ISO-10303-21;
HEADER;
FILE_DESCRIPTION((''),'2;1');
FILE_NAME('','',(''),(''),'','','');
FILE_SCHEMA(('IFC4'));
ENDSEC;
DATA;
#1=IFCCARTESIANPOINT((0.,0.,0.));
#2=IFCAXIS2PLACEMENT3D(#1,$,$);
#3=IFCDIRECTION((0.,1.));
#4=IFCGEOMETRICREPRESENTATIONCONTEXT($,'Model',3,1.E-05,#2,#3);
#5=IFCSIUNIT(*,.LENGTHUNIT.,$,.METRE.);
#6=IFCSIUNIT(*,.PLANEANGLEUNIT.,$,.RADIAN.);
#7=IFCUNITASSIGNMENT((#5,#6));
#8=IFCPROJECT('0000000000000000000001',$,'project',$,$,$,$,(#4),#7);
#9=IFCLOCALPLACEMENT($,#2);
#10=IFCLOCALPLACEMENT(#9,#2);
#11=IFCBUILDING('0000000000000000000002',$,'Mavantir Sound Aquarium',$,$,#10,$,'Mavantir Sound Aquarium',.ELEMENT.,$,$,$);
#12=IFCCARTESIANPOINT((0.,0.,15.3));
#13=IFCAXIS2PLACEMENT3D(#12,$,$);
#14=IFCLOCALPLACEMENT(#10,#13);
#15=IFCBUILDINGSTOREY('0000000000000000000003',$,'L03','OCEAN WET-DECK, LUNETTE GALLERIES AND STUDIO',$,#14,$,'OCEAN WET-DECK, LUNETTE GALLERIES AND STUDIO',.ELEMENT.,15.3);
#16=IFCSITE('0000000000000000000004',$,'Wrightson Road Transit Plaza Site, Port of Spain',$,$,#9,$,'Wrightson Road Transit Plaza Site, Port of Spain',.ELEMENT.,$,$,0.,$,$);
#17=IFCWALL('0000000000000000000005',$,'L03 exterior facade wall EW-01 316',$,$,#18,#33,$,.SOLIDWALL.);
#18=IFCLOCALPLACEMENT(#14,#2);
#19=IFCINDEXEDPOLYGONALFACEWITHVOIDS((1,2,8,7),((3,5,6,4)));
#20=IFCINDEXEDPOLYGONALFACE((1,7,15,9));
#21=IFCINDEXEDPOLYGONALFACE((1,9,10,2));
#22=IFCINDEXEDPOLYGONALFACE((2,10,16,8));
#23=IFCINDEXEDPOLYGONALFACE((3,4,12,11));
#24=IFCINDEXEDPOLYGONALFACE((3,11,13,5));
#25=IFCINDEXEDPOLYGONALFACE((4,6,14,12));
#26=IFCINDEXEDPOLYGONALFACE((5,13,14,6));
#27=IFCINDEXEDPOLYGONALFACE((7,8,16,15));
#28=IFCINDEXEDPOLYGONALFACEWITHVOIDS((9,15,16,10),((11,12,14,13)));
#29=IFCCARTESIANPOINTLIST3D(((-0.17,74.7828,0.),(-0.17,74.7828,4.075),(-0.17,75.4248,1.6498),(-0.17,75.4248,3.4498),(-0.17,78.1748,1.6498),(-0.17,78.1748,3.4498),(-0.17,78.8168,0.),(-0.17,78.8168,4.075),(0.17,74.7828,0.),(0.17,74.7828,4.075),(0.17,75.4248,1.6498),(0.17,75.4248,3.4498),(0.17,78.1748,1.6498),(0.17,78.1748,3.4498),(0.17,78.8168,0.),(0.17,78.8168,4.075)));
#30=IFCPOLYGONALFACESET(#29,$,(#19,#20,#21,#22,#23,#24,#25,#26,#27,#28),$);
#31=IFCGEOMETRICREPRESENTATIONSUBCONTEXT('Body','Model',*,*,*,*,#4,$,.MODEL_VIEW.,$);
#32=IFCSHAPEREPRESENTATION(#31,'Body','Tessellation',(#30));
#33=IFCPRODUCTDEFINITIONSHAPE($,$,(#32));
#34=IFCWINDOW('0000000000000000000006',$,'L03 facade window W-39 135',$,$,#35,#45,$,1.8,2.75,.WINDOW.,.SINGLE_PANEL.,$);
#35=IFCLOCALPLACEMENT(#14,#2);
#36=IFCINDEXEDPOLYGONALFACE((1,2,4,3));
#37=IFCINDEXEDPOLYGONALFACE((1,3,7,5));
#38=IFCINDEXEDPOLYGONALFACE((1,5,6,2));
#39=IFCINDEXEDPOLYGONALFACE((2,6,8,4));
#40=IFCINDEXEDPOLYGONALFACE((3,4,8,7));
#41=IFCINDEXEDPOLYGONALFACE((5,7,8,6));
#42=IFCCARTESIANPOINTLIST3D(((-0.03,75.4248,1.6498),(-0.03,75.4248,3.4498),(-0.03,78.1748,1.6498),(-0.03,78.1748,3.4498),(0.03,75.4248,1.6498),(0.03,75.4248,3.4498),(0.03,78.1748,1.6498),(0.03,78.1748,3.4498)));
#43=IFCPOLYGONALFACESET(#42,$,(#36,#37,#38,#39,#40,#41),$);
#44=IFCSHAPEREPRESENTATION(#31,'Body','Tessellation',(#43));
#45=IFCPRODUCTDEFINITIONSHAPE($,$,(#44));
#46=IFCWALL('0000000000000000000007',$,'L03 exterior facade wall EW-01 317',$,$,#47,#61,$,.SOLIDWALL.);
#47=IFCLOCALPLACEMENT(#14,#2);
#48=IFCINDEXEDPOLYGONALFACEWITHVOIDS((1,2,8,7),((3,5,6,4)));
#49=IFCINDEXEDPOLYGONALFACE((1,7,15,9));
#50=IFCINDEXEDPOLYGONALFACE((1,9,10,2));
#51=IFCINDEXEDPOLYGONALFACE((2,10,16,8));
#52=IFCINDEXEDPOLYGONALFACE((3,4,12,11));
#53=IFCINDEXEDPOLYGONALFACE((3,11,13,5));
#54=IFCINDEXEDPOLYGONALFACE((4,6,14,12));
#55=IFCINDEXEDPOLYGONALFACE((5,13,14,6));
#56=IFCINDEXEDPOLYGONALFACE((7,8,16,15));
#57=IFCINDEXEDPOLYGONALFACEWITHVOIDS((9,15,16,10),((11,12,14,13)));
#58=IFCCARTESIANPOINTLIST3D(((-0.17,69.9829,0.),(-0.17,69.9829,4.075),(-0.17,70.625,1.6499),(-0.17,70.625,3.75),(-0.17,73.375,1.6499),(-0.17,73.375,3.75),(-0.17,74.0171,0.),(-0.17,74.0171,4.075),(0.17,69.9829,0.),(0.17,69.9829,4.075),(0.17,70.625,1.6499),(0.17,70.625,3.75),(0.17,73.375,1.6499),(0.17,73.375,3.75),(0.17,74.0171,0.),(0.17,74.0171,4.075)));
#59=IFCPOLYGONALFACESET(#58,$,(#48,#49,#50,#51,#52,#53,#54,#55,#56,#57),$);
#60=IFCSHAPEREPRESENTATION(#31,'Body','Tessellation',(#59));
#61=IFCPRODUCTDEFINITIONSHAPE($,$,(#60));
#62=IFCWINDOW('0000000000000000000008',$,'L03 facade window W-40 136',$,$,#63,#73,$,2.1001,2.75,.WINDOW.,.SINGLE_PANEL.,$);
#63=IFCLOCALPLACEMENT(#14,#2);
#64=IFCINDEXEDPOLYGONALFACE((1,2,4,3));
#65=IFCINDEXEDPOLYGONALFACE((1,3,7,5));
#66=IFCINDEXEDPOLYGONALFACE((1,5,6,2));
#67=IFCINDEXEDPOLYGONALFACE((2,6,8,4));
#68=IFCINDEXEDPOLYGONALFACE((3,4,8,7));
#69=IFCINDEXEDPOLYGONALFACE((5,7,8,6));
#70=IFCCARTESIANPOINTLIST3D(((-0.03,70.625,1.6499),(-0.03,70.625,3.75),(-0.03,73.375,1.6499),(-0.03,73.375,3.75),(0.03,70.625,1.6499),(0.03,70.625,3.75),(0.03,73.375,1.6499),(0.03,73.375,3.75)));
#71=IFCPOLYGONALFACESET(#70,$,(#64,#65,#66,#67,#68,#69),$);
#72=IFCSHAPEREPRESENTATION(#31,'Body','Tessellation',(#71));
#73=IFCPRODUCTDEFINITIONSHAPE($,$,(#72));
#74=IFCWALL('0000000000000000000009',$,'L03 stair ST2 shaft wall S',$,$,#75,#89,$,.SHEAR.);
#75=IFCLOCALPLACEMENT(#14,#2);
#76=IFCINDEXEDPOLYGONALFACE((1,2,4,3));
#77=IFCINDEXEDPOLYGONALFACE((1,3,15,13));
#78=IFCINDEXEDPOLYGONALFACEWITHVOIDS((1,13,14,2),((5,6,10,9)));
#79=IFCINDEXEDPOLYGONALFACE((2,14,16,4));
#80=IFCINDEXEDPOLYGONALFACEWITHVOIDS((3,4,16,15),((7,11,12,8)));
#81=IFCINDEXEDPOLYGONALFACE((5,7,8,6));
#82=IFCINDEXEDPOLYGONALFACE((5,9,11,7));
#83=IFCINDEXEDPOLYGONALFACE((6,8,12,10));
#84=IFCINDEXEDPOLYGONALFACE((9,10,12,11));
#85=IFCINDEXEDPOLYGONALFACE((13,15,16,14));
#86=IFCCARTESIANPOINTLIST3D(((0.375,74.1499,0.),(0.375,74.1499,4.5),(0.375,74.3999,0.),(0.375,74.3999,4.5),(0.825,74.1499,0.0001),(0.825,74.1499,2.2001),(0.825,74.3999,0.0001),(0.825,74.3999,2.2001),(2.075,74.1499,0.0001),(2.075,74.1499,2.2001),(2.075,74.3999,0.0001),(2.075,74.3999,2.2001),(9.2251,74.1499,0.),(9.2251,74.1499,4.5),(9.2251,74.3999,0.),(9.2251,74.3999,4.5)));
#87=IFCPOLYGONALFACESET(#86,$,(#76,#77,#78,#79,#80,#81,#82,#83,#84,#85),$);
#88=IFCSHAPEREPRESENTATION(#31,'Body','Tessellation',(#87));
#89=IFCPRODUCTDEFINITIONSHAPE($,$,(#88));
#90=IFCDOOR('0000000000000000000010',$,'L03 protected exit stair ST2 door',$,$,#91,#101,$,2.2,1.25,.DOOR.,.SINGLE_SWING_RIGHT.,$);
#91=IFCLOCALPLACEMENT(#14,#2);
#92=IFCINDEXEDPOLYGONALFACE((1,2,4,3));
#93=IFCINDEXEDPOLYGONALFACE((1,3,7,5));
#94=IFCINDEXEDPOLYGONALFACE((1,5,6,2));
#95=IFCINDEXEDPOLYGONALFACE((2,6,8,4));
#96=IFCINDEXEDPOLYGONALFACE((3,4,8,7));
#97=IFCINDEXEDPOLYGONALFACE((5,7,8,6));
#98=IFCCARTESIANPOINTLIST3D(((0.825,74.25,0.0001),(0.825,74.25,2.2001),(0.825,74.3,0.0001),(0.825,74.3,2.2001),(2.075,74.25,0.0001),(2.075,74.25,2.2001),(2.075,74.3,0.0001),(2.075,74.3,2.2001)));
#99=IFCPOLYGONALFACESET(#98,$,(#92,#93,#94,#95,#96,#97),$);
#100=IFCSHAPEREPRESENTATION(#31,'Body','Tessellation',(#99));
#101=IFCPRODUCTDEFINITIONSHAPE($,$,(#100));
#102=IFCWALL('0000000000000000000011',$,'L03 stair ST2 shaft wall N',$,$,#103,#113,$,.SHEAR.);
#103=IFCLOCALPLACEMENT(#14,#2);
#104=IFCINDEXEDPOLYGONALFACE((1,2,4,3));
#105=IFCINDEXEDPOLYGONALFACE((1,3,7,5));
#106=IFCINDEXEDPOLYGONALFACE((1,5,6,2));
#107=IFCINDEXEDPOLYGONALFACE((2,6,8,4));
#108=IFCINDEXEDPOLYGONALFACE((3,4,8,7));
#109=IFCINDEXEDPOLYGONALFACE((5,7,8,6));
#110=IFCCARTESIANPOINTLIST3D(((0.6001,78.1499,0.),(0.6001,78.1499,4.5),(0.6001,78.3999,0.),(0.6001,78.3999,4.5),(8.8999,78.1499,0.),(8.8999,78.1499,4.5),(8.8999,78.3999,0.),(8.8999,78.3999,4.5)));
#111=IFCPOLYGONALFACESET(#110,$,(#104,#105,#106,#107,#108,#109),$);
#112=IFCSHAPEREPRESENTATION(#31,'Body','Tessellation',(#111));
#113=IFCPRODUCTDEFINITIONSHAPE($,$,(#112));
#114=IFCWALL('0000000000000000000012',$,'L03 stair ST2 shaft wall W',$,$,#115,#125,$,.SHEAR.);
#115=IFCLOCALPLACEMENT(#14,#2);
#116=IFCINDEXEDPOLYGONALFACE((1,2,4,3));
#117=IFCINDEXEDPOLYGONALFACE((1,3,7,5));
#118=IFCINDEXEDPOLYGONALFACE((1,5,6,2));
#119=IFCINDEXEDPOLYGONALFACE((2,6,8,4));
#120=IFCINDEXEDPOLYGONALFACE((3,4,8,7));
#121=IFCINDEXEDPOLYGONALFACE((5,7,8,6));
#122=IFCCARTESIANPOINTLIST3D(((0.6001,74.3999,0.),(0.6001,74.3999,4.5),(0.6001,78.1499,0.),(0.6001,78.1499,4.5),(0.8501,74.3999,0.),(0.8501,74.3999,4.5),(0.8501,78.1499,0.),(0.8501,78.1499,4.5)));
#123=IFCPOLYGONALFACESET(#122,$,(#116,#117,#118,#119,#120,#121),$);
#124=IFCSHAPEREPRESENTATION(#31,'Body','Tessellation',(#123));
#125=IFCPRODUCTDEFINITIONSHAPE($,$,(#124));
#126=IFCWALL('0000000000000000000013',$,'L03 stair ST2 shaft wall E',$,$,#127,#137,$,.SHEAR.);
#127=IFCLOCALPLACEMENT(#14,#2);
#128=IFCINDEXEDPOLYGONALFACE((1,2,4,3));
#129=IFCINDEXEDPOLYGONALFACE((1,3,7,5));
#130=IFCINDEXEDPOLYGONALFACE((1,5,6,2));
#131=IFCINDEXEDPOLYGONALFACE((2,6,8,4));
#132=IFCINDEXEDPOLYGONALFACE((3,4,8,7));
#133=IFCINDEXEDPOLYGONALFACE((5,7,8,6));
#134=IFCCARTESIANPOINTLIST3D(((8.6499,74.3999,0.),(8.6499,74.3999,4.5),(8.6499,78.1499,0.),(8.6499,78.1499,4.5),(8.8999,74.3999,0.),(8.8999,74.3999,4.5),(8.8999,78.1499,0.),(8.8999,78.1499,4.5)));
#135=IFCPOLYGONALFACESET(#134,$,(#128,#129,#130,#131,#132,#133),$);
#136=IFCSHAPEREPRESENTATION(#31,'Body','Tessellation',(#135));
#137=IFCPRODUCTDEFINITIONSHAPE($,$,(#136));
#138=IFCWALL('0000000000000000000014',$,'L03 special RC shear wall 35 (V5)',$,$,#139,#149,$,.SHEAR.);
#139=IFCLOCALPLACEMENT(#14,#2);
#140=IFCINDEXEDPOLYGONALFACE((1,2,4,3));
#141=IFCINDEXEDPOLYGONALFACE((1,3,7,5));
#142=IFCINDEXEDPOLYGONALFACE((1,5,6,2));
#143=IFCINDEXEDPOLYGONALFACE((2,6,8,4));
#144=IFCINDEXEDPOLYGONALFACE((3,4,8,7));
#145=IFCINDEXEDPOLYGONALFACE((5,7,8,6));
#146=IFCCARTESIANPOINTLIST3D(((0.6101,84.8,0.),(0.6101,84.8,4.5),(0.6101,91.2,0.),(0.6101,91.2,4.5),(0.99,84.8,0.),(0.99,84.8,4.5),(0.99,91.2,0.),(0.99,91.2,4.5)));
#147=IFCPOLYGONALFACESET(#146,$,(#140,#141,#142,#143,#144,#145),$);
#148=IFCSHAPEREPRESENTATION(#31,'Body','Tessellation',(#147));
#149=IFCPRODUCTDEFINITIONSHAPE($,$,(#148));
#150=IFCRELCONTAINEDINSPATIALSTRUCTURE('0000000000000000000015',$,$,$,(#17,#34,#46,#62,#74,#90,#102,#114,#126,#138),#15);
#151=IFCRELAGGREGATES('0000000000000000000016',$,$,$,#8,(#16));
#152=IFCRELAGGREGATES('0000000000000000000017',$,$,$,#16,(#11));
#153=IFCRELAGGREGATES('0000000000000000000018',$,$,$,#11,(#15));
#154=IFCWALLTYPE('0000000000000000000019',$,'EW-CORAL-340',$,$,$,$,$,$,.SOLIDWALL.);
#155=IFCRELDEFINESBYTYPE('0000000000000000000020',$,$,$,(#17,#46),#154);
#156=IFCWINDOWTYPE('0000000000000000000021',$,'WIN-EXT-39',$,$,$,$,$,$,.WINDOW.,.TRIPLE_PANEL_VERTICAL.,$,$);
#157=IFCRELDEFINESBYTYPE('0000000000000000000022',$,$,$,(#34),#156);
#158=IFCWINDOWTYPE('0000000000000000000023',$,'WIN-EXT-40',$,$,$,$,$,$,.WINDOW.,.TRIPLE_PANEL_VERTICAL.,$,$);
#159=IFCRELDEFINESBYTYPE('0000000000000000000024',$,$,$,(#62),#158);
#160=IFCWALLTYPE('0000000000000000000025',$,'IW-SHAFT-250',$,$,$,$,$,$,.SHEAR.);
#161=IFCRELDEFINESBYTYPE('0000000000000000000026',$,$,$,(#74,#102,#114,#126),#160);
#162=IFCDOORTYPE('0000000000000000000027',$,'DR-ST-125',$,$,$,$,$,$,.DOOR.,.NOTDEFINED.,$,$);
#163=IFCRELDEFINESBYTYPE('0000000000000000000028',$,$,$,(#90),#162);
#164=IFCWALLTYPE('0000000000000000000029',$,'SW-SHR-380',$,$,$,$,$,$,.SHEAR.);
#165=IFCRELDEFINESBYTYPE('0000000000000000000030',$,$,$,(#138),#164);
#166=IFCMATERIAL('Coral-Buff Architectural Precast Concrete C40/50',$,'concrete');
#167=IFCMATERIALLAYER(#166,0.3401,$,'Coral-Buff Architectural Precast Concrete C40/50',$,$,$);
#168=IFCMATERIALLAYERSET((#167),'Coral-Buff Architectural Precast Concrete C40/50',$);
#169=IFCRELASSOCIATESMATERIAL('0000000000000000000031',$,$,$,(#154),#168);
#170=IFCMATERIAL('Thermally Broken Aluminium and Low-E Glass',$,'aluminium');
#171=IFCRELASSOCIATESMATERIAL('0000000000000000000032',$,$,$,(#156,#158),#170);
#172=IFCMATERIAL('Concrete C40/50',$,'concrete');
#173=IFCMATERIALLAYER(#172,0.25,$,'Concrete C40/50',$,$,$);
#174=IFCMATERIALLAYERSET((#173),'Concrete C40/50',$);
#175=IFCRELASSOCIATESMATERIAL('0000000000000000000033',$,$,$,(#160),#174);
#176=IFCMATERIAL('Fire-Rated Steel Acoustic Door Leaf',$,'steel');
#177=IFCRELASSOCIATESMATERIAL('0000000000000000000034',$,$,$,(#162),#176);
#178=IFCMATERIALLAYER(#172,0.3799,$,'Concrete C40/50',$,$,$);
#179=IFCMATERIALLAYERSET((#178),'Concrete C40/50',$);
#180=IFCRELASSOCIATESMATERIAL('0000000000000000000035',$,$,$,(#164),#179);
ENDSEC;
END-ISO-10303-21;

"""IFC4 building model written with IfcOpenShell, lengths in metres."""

from ifc_helpers import new_model, si_unit, direction, frame, frame_2d, origin, place, context, subcontext, project, spatial, rectangle, extrude, material, layer, layer_set, type_object, element, fill, save


model = new_model("IFC4")

# Units and contexts
model_context = context("Model", 3, precision=1e-05, world=origin(), true_north=direction((0.0, 1.0)))
body_context = subcontext(model_context, "Body", "Model", "MODEL_VIEW")
ifc_project = project(units=[si_unit("LENGTHUNIT", "METRE"), si_unit("PLANEANGLEUNIT", "RADIAN")], contexts=[model_context])

# Site, building, storey
site_placement = place(None, origin())
site = spatial("IfcSite", under=ifc_project, at=site_placement, Name="Wrightson Road Transit Plaza Site, Port of Spain", LongName="Wrightson Road Transit Plaza Site, Port of Spain", CompositionType="ELEMENT", RefElevation=0.0)
building_placement = place(site_placement, origin())
building = spatial("IfcBuilding", under=site, at=building_placement, Name="Mavantir Sound Aquarium", LongName="Mavantir Sound Aquarium", CompositionType="ELEMENT")
storey_placement = place(building_placement, frame((0.0, 0.0, 15.3)))
storey = spatial("IfcBuildingStorey", under=building, at=storey_placement, Name="L03", Description="OCEAN WET-DECK, LUNETTE GALLERIES AND STUDIO", LongName="OCEAN WET-DECK, LUNETTE GALLERIES AND STUDIO", CompositionType="ELEMENT", Elevation=15.3)

# Shared definitions
ifc_material_1 = material(Name="Concrete C40/50", Category="concrete")

# Walls, openings, windows
ifc_material_2 = material(Name="Coral-Buff Architectural Precast Concrete C40/50", Category="concrete")
ifc_material_3 = material(Name="Thermally Broken Aluminium and Low-E Glass", Category="aluminium")
ifc_layer_1 = layer(ifc_material_2, 0.3401, Name="Coral-Buff Architectural Precast Concrete C40/50")
ifc_layer_set_1 = layer_set([ifc_layer_1], Name="Coral-Buff Architectural Precast Concrete C40/50")
wall_type_1 = type_object("IfcWallType", Name="EW-CORAL-340", PredefinedType="SOLIDWALL", material=ifc_layer_set_1)
wall_1_placement = place(storey_placement, frame((0.0, 78.8169, 0.0), z_axis=(0.0, 0.0, 1.0), x_axis=(0.0, -1.0, 0.0)))
wall_1 = element("IfcWall", 1, at=wall_1_placement, inside=storey, type_object=wall_type_1, Name="L03 exterior facade wall EW-01 316", PredefinedType="SOLIDWALL", context=body_context, shape_type="SweptSolid", body=[
    extrude(rectangle(XDim=4.0339, YDim=0.3401, at=frame_2d((2.0171, 0.0))), origin(), (0.0, 0.0, 1.0), 4.075),
])
opening_1_placement = place(wall_1_placement, frame((0.6421, 0.0, 1.6499)))
opening_1 = element("IfcOpeningElement", 2, at=opening_1_placement, cuts=wall_1, PredefinedType="OPENING", context=body_context, shape_type="SweptSolid", body=[
    extrude(rectangle(XDim=2.75, YDim=1.8, at=frame_2d((1.375, 0.8999))), frame((0.0, 0.1802, 0.0), z_axis=(0.0, -1.0, 0.0), x_axis=(1.0, 0.0, 0.0)), (0.0, 0.0, 1.0), 0.3601),
])
window_type_1 = type_object("IfcWindowType", Name="WIN-EXT-39", PartitioningType="TRIPLE_PANEL_VERTICAL", PredefinedType="WINDOW", material=ifc_material_3)
window_1_placement = place(opening_1_placement, origin())
window_1 = element("IfcWindow", 3, at=window_1_placement, inside=storey, type_object=window_type_1, Name="L03 facade window W-39 135", OverallHeight=1.8, OverallWidth=2.75, PartitioningType="SINGLE_PANEL", PredefinedType="WINDOW", context=body_context, shape_type="SweptSolid", body=[
    extrude(rectangle(XDim=2.75, YDim=1.8, at=frame_2d((1.375, 0.8999))), frame((0.0, 0.03, 0.0), z_axis=(0.0, -1.0, 0.0), x_axis=(1.0, 0.0, 0.0)), (0.0, 0.0, 1.0), 0.0601),
])
fill(opening_1, window_1)
wall_2_placement = place(storey_placement, frame((0.0, 74.0171, 0.0), z_axis=(0.0, 0.0, 1.0), x_axis=(0.0, -1.0, 0.0)))
wall_2 = element("IfcWall", 4, at=wall_2_placement, inside=storey, type_object=wall_type_1, Name="L03 exterior facade wall EW-01 317", PredefinedType="SOLIDWALL", context=body_context, shape_type="SweptSolid", body=[
    extrude(rectangle(XDim=4.0342, YDim=0.3401, at=frame_2d((2.0171, 0.0))), origin(), (0.0, 0.0, 1.0), 4.075),
])
opening_2_placement = place(wall_2_placement, frame((0.6421, 0.0, 1.6499)))
opening_2 = element("IfcOpeningElement", 5, at=opening_2_placement, cuts=wall_2, PredefinedType="OPENING", context=body_context, shape_type="SweptSolid", body=[
    extrude(rectangle(XDim=2.75, YDim=2.1001, at=frame_2d((1.375, 1.05))), frame((0.0, 0.1802, 0.0), z_axis=(0.0, -1.0, 0.0), x_axis=(1.0, 0.0, 0.0)), (0.0, 0.0, 1.0), 0.3601),
])
window_type_2 = type_object("IfcWindowType", Name="WIN-EXT-40", PartitioningType="TRIPLE_PANEL_VERTICAL", PredefinedType="WINDOW", material=ifc_material_3)
window_2_placement = place(opening_2_placement, origin())
window_2 = element("IfcWindow", 6, at=window_2_placement, inside=storey, type_object=window_type_2, Name="L03 facade window W-40 136", OverallHeight=2.1001, OverallWidth=2.75, PartitioningType="SINGLE_PANEL", PredefinedType="WINDOW", context=body_context, shape_type="SweptSolid", body=[
    extrude(rectangle(XDim=2.75, YDim=2.1001, at=frame_2d((1.375, 1.05))), frame((0.0, 0.03, 0.0), z_axis=(0.0, -1.0, 0.0), x_axis=(1.0, 0.0, 0.0)), (0.0, 0.0, 1.0), 0.0601),
])
fill(opening_2, window_2)

# Wall, opening, door
ifc_layer_2 = layer(ifc_material_1, 0.25, Name="Concrete C40/50")
ifc_layer_set_2 = layer_set([ifc_layer_2], Name="Concrete C40/50")
wall_type_2 = type_object("IfcWallType", Name="IW-SHAFT-250", PredefinedType="SHEAR", material=ifc_layer_set_2)
wall_3_placement = place(storey_placement, frame((0.375, 74.2749, 0.0), z_axis=(0.0, 0.0, 1.0), x_axis=(1.0, 0.0, 0.0)))
wall_3 = element("IfcWall", 7, at=wall_3_placement, inside=storey, type_object=wall_type_2, Name="L03 stair ST2 shaft wall S", PredefinedType="SHEAR", context=body_context, shape_type="SweptSolid", body=[
    extrude(rectangle(XDim=8.8501, YDim=0.25, at=frame_2d((4.425, 0.0))), origin(), (0.0, 0.0, 1.0), 4.5),
])
opening_3_placement = place(wall_3_placement, frame((1.7, 0.0, 0.0), z_axis=(0.0, 0.0, 1.0), x_axis=(-1.0, 0.0, 0.0)))
opening_3 = element("IfcOpeningElement", 8, at=opening_3_placement, cuts=wall_3, PredefinedType="OPENING", context=body_context, shape_type="SweptSolid", body=[
    extrude(rectangle(XDim=1.25, YDim=2.2, at=frame_2d((0.625, 1.1001))), frame((0.0, 0.135, 0.0), z_axis=(0.0, -1.0, 0.0), x_axis=(1.0, 0.0, 0.0)), (0.0, 0.0, 1.0), 0.27),
])
ifc_material_4 = material(Name="Fire-Rated Steel Acoustic Door Leaf", Category="steel")
door_type = type_object("IfcDoorType", Name="DR-ST-125", OperationType="NOTDEFINED", PredefinedType="DOOR", material=ifc_material_4)
door_placement = place(opening_3_placement, origin())
door = element("IfcDoor", 9, at=door_placement, inside=storey, type_object=door_type, Name="L03 protected exit stair ST2 door", OperationType="SINGLE_SWING_RIGHT", OverallHeight=2.2, OverallWidth=1.25, PredefinedType="DOOR", context=body_context, shape_type="SweptSolid", body=[
    extrude(rectangle(XDim=1.25, YDim=2.2, at=frame_2d((0.625, 1.1001))), frame((0.0, 0.0249, 0.0), z_axis=(0.0, -1.0, 0.0), x_axis=(1.0, 0.0, 0.0)), (0.0, 0.0, 1.0), 0.05),
])
fill(opening_3, door)

# Walls
wall_4_placement = place(storey_placement, frame((8.8999, 78.2749, 0.0), z_axis=(0.0, 0.0, 1.0), x_axis=(-1.0, 0.0, 0.0)))
element("IfcWall", 10, at=wall_4_placement, inside=storey, type_object=wall_type_2, Name="L03 stair ST2 shaft wall N", PredefinedType="SHEAR", context=body_context, shape_type="SweptSolid", body=[
    extrude(rectangle(XDim=8.2998, YDim=0.25, at=frame_2d((4.1499, 0.0))), origin(), (0.0, 0.0, 1.0), 4.5),
])
for number, where, z_axis, x_axis, name in (
    (11, (0.7251, 78.1499, 0.0), (0.0, 0.0, 1.0), (0.0, -1.0, 0.0), "L03 stair ST2 shaft wall W"),
    (12, (8.7749, 74.3999, 0.0), (0.0, 0.0, 1.0), (0.0, 1.0, 0.0), "L03 stair ST2 shaft wall E"),
):
    element("IfcWall", number, at=place(storey_placement, frame(where, z_axis=z_axis, x_axis=x_axis)), inside=storey, type_object=wall_type_2, Name=name, PredefinedType="SHEAR", context=body_context, shape_type="SweptSolid", body=[
        extrude(rectangle(XDim=3.75, YDim=0.25, at=frame_2d((1.875, 0.0))), origin(), (0.0, 0.0, 1.0), 4.5),
    ])
ifc_layer_3 = layer(ifc_material_1, 0.3799, Name="Concrete C40/50")
ifc_layer_set_3 = layer_set([ifc_layer_3], Name="Concrete C40/50")
wall_type_3 = type_object("IfcWallType", Name="SW-SHR-380", PredefinedType="SHEAR", material=ifc_layer_set_3)
wall_5_placement = place(storey_placement, frame((0.8, 84.8, 0.0), z_axis=(0.0, 0.0, 1.0), x_axis=(0.0, 1.0, 0.0)))
element("IfcWall", 13, at=wall_5_placement, inside=storey, type_object=wall_type_3, Name="L03 special RC shear wall 35 (V5)", PredefinedType="SHEAR", context=body_context, shape_type="SweptSolid", body=[
    extrude(rectangle(XDim=6.3999, YDim=0.3799, at=frame_2d((3.2, 0.0))), origin(), (0.0, 0.0, 1.0), 4.5),
])

save(model, "model.ifc")
